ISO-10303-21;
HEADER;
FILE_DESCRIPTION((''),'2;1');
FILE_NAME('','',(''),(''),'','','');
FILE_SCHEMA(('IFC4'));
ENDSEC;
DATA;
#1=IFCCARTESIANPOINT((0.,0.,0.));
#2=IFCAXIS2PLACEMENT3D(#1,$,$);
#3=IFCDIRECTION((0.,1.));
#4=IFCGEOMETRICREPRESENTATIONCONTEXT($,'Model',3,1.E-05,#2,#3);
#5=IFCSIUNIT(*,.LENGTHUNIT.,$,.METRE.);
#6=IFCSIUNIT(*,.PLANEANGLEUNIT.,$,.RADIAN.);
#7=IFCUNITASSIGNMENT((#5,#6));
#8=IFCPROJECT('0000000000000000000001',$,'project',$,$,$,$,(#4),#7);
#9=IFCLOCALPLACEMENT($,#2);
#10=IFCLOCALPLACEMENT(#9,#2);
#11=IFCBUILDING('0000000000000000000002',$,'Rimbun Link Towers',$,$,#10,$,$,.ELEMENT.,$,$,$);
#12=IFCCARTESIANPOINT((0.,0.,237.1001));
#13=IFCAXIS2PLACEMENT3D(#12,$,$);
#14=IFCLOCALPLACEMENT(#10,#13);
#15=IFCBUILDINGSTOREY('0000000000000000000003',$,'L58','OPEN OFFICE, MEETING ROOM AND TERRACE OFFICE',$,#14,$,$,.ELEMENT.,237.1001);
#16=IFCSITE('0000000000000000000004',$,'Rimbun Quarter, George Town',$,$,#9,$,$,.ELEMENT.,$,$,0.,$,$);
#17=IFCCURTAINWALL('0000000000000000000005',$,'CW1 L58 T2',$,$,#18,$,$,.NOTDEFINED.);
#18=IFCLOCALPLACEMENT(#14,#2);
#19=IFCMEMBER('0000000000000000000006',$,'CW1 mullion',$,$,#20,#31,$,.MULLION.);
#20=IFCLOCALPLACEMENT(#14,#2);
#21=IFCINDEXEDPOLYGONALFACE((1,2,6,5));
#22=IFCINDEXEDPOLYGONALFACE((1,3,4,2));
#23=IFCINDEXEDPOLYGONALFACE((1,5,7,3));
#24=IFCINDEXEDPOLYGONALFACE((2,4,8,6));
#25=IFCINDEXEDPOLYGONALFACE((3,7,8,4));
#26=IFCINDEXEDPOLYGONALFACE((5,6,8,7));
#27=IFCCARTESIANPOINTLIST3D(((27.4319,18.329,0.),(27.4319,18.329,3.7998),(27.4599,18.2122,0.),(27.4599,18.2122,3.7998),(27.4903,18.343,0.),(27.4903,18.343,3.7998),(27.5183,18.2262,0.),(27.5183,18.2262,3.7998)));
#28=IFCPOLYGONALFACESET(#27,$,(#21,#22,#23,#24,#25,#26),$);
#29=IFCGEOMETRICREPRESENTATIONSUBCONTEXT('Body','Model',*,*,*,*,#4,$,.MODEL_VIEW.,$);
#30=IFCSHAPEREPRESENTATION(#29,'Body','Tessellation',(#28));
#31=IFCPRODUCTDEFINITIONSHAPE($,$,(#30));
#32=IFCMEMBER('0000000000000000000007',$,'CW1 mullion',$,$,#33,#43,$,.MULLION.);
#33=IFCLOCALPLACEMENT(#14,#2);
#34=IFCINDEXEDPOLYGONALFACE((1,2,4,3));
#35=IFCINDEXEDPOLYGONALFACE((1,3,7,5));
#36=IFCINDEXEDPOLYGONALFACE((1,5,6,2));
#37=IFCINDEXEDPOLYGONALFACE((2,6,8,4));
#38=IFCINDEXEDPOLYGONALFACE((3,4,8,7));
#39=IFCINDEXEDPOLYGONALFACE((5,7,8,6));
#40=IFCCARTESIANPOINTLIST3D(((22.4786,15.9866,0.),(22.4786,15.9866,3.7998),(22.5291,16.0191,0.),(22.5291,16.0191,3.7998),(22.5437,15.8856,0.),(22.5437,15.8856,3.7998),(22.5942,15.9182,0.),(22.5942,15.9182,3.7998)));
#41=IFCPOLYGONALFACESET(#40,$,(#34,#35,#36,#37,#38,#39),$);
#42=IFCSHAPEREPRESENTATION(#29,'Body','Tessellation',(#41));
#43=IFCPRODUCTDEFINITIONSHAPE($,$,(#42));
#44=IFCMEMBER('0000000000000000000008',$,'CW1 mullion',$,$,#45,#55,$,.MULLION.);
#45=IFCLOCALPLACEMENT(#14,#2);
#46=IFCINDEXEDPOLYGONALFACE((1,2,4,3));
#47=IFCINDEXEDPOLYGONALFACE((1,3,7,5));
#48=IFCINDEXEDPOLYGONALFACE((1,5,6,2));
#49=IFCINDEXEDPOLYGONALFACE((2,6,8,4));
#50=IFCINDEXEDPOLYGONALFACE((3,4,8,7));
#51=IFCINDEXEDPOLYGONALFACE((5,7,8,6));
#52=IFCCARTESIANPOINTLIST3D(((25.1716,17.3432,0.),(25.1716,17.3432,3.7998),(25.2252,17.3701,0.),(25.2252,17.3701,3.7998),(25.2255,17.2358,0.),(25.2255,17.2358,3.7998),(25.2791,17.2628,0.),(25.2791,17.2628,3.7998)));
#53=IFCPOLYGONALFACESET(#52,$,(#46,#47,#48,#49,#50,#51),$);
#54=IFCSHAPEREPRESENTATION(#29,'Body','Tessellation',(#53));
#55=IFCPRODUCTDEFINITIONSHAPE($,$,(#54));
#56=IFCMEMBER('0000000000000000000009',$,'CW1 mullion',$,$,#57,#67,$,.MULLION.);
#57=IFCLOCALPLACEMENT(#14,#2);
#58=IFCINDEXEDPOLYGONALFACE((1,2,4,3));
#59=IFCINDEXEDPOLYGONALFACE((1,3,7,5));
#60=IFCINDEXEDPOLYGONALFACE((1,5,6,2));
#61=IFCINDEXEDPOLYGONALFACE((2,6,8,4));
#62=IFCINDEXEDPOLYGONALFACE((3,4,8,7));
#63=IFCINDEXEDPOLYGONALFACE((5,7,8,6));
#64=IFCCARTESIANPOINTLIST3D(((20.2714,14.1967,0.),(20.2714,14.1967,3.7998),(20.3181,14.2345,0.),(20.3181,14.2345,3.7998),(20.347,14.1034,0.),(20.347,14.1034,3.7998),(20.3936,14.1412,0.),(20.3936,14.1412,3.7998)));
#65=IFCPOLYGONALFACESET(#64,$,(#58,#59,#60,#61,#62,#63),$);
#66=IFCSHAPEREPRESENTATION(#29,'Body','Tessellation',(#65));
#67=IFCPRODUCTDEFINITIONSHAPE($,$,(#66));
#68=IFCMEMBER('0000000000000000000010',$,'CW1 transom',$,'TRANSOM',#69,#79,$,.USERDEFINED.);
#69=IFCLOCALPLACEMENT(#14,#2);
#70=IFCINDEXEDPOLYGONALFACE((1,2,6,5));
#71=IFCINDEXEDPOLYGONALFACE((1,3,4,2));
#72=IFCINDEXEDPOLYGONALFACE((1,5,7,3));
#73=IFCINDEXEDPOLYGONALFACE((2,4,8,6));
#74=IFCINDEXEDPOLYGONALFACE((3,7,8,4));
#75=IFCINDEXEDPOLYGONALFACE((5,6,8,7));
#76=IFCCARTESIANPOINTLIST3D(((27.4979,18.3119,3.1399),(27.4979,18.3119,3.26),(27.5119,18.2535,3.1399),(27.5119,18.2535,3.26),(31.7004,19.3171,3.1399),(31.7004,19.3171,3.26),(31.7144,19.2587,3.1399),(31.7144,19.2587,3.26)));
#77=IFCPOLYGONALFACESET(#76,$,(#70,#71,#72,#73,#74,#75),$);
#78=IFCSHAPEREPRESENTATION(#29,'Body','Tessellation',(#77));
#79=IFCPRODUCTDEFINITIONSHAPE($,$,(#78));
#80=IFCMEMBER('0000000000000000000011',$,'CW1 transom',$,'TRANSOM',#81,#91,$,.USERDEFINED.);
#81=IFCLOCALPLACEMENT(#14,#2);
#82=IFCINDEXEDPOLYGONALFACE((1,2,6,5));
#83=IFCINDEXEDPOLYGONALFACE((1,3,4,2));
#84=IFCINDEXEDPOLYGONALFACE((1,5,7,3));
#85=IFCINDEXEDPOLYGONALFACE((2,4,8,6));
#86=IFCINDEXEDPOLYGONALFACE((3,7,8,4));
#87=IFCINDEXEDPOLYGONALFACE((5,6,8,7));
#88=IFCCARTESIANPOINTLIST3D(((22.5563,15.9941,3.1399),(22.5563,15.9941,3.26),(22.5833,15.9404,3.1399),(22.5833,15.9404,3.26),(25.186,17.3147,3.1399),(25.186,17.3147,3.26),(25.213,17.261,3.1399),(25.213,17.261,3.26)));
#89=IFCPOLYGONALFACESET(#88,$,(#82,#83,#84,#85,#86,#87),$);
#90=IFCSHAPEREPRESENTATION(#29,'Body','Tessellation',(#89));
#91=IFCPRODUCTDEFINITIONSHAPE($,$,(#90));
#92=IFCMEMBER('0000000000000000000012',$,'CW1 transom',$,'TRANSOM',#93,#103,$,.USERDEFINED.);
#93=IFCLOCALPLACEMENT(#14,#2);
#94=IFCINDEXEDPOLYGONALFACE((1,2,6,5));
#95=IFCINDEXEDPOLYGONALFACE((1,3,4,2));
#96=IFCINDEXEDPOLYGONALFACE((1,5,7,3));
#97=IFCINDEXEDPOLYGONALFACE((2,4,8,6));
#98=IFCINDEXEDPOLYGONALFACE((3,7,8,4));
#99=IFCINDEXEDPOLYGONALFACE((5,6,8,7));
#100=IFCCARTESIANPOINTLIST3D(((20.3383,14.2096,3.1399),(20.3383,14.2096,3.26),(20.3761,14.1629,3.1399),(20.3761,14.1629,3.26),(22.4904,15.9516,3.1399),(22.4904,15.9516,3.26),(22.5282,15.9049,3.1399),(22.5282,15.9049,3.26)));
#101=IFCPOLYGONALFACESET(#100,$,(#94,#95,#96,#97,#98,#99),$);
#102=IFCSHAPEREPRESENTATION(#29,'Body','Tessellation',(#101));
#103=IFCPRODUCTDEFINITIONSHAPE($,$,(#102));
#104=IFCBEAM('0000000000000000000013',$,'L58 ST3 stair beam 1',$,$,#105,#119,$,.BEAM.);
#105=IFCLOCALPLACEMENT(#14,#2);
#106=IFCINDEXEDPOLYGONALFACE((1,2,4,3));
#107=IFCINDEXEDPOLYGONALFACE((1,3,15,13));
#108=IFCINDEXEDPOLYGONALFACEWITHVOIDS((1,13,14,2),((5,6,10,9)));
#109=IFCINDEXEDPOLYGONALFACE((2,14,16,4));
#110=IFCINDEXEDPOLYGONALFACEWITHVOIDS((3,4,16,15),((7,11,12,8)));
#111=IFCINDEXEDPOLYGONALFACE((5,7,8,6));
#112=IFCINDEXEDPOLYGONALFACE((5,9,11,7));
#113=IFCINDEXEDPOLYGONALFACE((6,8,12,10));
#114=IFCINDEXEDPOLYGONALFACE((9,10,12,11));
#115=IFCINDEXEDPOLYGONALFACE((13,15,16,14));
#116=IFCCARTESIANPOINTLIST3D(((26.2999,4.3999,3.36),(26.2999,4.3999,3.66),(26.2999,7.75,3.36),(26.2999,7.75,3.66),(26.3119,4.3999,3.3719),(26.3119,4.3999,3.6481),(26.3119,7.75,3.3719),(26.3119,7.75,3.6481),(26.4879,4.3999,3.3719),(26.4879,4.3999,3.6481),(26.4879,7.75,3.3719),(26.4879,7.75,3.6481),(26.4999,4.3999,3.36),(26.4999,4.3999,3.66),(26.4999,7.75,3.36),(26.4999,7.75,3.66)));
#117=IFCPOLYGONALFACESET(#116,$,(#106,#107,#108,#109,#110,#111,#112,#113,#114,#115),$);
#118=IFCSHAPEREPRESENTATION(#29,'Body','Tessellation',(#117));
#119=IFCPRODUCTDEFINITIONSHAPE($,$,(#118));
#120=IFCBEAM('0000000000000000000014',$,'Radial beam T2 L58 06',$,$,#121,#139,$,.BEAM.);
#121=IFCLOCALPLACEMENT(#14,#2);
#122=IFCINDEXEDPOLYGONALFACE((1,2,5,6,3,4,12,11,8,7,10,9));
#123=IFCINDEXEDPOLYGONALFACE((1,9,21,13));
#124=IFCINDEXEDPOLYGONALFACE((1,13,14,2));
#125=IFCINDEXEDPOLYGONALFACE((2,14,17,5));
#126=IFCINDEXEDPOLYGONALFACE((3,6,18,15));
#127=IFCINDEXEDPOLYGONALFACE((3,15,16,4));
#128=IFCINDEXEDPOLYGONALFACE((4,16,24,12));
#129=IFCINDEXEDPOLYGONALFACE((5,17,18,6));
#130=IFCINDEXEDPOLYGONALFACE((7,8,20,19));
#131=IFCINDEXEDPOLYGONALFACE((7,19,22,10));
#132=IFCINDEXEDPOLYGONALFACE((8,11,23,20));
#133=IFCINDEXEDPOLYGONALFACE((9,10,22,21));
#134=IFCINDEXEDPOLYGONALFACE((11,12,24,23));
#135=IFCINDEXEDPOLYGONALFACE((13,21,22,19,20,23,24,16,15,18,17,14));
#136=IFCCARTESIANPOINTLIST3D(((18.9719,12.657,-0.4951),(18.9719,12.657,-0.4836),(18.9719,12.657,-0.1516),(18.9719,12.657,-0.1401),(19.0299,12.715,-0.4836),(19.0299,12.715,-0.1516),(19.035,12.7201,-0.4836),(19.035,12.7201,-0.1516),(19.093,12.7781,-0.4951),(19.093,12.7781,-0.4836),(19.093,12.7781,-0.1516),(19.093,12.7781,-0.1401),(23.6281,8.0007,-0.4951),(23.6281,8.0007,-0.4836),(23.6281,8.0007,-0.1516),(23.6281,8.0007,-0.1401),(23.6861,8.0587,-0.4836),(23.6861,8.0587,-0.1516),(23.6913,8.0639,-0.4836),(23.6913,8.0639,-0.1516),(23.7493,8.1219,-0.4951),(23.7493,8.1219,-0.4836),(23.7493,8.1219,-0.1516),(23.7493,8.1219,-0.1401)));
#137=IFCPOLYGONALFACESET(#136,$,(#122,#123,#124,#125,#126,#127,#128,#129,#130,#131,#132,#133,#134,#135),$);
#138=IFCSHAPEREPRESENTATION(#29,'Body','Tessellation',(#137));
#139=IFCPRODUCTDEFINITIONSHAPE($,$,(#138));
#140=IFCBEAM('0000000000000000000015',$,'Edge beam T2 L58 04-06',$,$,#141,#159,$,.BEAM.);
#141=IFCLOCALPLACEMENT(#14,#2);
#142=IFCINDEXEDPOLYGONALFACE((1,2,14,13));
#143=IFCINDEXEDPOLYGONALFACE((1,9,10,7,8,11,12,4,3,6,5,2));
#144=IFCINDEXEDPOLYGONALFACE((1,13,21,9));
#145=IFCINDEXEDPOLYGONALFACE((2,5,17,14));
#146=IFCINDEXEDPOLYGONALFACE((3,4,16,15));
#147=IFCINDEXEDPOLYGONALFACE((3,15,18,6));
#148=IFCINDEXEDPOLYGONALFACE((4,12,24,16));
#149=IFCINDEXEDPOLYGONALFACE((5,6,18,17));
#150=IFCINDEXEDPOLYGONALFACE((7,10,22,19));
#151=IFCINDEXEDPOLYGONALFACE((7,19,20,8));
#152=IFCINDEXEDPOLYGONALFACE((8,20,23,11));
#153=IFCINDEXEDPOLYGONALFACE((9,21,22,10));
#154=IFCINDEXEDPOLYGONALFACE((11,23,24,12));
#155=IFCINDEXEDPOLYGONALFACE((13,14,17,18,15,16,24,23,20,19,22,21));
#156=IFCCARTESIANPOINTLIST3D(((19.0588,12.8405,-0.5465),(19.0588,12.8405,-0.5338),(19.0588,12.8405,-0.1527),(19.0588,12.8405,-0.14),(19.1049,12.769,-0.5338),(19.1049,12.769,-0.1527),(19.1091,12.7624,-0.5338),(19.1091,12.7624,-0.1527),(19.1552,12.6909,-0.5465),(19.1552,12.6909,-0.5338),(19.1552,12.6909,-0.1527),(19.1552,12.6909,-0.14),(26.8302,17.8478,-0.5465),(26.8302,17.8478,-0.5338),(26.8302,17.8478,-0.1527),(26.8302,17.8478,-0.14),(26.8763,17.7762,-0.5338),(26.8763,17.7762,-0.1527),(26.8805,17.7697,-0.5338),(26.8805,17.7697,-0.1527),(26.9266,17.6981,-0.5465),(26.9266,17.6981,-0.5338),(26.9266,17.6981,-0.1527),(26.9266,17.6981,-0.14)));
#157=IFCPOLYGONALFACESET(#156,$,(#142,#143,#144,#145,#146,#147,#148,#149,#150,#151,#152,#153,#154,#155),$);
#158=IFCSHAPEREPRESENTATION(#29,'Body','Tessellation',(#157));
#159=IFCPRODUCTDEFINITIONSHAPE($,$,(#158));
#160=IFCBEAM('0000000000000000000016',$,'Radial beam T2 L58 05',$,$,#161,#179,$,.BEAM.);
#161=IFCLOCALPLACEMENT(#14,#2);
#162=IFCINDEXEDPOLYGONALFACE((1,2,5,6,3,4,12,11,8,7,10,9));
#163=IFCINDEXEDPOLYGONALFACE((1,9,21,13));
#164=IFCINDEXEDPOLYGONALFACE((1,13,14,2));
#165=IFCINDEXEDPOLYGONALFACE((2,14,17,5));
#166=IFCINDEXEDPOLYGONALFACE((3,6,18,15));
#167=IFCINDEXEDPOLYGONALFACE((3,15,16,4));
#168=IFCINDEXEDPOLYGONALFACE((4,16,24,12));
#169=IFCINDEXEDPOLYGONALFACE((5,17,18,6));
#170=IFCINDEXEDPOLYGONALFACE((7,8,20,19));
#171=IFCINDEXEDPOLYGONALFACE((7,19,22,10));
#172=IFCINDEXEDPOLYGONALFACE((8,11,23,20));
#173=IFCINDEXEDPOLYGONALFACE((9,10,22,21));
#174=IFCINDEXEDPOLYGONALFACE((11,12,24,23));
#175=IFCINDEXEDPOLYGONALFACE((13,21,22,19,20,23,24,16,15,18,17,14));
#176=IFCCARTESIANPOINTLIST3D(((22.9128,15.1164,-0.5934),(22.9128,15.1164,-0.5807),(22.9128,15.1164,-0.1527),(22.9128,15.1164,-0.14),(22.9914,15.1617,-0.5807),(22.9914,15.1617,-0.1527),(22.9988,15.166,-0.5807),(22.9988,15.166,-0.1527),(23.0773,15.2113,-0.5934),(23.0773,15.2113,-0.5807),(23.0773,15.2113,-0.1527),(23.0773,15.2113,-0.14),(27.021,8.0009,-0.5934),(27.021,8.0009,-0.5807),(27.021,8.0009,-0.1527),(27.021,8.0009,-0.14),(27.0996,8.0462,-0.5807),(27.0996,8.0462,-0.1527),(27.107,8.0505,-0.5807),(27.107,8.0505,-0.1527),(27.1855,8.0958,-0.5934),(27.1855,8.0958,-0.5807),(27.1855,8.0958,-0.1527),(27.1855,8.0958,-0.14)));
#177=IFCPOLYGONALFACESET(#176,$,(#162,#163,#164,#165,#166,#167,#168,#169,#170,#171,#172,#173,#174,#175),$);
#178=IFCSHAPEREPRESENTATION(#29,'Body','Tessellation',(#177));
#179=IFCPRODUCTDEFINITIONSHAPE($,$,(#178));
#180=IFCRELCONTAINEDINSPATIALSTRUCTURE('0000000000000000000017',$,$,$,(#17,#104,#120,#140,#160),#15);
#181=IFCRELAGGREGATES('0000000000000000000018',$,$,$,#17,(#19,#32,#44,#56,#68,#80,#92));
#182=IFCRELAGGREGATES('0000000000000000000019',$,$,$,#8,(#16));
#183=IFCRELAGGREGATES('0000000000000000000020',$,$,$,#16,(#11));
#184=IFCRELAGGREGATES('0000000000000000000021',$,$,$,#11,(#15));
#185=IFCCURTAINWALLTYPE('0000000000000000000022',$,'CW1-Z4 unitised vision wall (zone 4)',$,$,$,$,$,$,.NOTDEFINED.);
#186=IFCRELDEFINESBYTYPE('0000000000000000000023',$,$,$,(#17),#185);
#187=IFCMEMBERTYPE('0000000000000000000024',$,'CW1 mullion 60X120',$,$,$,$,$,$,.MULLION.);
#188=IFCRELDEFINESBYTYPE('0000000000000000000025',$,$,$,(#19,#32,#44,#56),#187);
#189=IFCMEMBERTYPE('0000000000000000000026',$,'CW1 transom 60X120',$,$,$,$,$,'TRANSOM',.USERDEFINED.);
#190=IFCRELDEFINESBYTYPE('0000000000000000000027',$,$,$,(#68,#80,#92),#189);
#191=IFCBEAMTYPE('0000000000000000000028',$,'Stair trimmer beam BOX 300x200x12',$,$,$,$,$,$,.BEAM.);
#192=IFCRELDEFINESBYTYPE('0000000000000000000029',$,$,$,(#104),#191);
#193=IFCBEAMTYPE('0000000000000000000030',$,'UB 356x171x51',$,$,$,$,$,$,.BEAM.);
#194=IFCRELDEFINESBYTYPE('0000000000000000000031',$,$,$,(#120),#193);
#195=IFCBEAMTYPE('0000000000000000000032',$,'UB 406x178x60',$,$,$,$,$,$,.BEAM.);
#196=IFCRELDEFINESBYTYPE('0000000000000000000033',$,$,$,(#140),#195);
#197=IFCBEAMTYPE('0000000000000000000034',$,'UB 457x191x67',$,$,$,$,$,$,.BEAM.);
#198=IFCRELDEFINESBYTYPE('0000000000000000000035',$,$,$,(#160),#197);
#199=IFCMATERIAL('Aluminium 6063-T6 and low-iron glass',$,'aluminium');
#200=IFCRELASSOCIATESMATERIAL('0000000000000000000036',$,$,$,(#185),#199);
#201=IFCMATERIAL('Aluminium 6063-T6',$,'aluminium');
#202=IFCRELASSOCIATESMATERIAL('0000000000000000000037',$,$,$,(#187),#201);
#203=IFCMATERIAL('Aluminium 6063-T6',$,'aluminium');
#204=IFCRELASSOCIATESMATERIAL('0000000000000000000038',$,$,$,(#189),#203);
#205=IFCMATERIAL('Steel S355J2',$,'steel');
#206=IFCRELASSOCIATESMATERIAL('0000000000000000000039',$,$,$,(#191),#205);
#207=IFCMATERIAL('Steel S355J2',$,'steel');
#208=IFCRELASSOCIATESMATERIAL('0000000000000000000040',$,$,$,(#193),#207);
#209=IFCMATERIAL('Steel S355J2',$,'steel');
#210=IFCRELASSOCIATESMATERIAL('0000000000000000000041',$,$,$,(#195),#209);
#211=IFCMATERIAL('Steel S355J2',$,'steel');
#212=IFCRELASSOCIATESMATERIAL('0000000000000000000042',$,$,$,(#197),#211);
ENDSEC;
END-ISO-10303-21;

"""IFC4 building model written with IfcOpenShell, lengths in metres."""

from ifc_helpers import new_model, si_unit, direction, frame, origin, origin_2d, place, context, subcontext, project, spatial, rectangle, hollow_rectangle, i_section, extrude, material, material_profile, profile_set, type_object, element, aggregate, save


model = new_model("IFC4")

# Units and contexts
model_context = context("Model", 3, precision=1e-05, world=origin(), true_north=direction((0.0, 1.0)))
body_context = subcontext(model_context, "Body", "Model", "MODEL_VIEW")
ifc_project = project(units=[si_unit("LENGTHUNIT", "METRE"), si_unit("PLANEANGLEUNIT", "RADIAN")], contexts=[model_context])

# Site, building, storey
site_placement = place(None, origin())
site = spatial("IfcSite", under=ifc_project, at=site_placement, Name="Rimbun Quarter, George Town", CompositionType="ELEMENT", RefElevation=0.0)
building_placement = place(site_placement, origin())
building = spatial("IfcBuilding", under=site, at=building_placement, Name="Rimbun Link Towers", CompositionType="ELEMENT")
storey_placement = place(building_placement, frame((0.0, 0.0, 237.1001)))
storey = spatial("IfcBuildingStorey", under=building, at=storey_placement, Name="L58", Description="OPEN OFFICE, MEETING ROOM AND TERRACE OFFICE", CompositionType="ELEMENT", Elevation=237.1001)

# Curtain wall, members
ifc_material_1 = material(Name="Aluminium 6063-T6 and low-iron glass", Category="aluminium")
curtain_wall_type = type_object("IfcCurtainWallType", Name="CW1-Z4 unitised vision wall (zone 4)", PredefinedType="NOTDEFINED", material=ifc_material_1)
curtain_wall_placement = place(storey_placement, origin())
curtain_wall = element("IfcCurtainWall", 1, at=curtain_wall_placement, inside=storey, type_object=curtain_wall_type, Name="CW1 L58 T2", PredefinedType="NOTDEFINED")
ifc_material_2 = material(Name="Aluminium 6063-T6", Category="aluminium")
ifc_material_profile_1 = material_profile(ifc_material_2, rectangle(XDim=0.1201, YDim=0.0601, at=origin_2d()), Name="MULLION 60X120")
ifc_profile_set_1 = profile_set([ifc_material_profile_1], Name="Aluminium 6063-T6")
member_type_1 = type_object("IfcMemberType", Name="CW1 mullion 60X120", PredefinedType="MULLION", material=ifc_profile_set_1)
member_1_placement = place(storey_placement, frame((27.4751, 18.2776, 0.0), z_axis=(0.0, 0.0, 1.0), x_axis=(-0.232603, 0.972572, 0.0)))
member_1 = element("IfcMember", 2, at=member_1_placement, type_object=member_type_1, Name="CW1 mullion", PredefinedType="MULLION", context=body_context, shape_type="SweptSolid", body=[
    extrude(rectangle(XDim=0.1201, YDim=0.0601, at=origin_2d()), origin(), (0.0, 0.0, 1.0), 3.7998),
])
member_2_placement = place(storey_placement, frame((22.5364, 15.9524, 0.0), z_axis=(0.0, 0.0, 1.0), x_axis=(-0.542095, 0.840317, 0.0)))
member_2 = element("IfcMember", 3, at=member_2_placement, type_object=member_type_1, Name="CW1 mullion", PredefinedType="MULLION", context=body_context, shape_type="SweptSolid", body=[
    extrude(rectangle(XDim=0.1201, YDim=0.0601, at=origin_2d()), origin(), (0.0, 0.0, 1.0), 3.7998),
])
member_3_placement = place(storey_placement, frame((25.2253, 17.303, 0.0), z_axis=(0.0, 0.0, 1.0), x_axis=(-0.448779, 0.893643, 0.0)))
member_3 = element("IfcMember", 4, at=member_3_placement, type_object=member_type_1, Name="CW1 mullion", PredefinedType="MULLION", context=body_context, shape_type="SweptSolid", body=[
    extrude(rectangle(XDim=0.1201, YDim=0.0601, at=origin_2d()), origin(), (0.0, 0.0, 1.0), 3.7998),
])
member_4_placement = place(storey_placement, frame((20.3325, 14.1689, 0.0), z_axis=(0.0, 0.0, 1.0), x_axis=(-0.629148, 0.777285, 0.0)))
member_4 = element("IfcMember", 5, at=member_4_placement, type_object=member_type_1, Name="CW1 mullion", PredefinedType="MULLION", context=body_context, shape_type="SweptSolid", body=[
    extrude(rectangle(XDim=0.1201, YDim=0.0601, at=origin_2d()), origin(), (0.0, 0.0, 1.0), 3.7998),
])
ifc_material_3 = material(Name="Aluminium 6063-T6", Category="aluminium")
ifc_material_profile_2 = material_profile(ifc_material_3, rectangle(XDim=0.0601, YDim=0.1201, at=origin_2d()), Name="TRANSOM 60X120")
ifc_profile_set_2 = profile_set([ifc_material_profile_2], Name="Aluminium 6063-T6")
member_type_2 = type_object("IfcMemberType", Name="CW1 transom 60X120", ElementType="TRANSOM", PredefinedType="USERDEFINED", material=ifc_profile_set_2)
member_5_placement = place(storey_placement, frame((27.5049, 18.2827, 3.2), z_axis=(0.972568, 0.232619, 0.0), x_axis=(-0.232619, 0.972568, 0.0)))
member_5 = element("IfcMember", 6, at=member_5_placement, type_object=member_type_2, Name="CW1 transom", ObjectType="TRANSOM", PredefinedType="USERDEFINED", context=body_context, shape_type="SweptSolid", body=[
    extrude(rectangle(XDim=0.0601, YDim=0.1201, at=origin_2d()), origin(), (0.0, 0.0, 1.0), 4.321),
])
member_6_placement = place(storey_placement, frame((22.5698, 15.9673, 3.2), z_axis=(0.893646, 0.448773, 0.0), x_axis=(-0.448773, 0.893646, 0.0)))
member_6 = element("IfcMember", 7, at=member_6_placement, type_object=member_type_2, Name="CW1 transom", ObjectType="TRANSOM", PredefinedType="USERDEFINED", context=body_context, shape_type="SweptSolid", body=[
    extrude(rectangle(XDim=0.0601, YDim=0.1201, at=origin_2d()), origin(), (0.0, 0.0, 1.0), 2.9426),
])
member_7_placement = place(storey_placement, frame((20.3572, 14.1863, 3.2), z_axis=(0.777286, 0.629147, 0.0), x_axis=(-0.629147, 0.777286, 0.0)))
member_7 = element("IfcMember", 8, at=member_7_placement, type_object=member_type_2, Name="CW1 transom", ObjectType="TRANSOM", PredefinedType="USERDEFINED", context=body_context, shape_type="SweptSolid", body=[
    extrude(rectangle(XDim=0.0601, YDim=0.1201, at=origin_2d()), origin(), (0.0, 0.0, 1.0), 2.7688),
])

# Beams
ifc_material_4 = material(Name="Steel S355J2", Category="steel")
ifc_material_profile_3 = material_profile(ifc_material_4, hollow_rectangle(XDim=0.2, YDim=0.3, WallThickness=0.012, at=origin_2d()), Name="BOX 300x200x12")
ifc_profile_set_3 = profile_set([ifc_material_profile_3], Name="Steel S355J2")
beam_type_1 = type_object("IfcBeamType", Name="Stair trimmer beam BOX 300x200x12", PredefinedType="BEAM", material=ifc_profile_set_3)
beam_1_placement = place(storey_placement, frame((26.3999, 7.75, 3.51), z_axis=(0.0, -1.0, 0.0), x_axis=(1.0, 0.0, 0.0)))
element("IfcBeam", 9, at=beam_1_placement, inside=storey, type_object=beam_type_1, Name="L58 ST3 stair beam 1", PredefinedType="BEAM", context=body_context, shape_type="SweptSolid", body=[
    extrude(hollow_rectangle(XDim=0.2, YDim=0.3, WallThickness=0.012, at=origin_2d()), origin(), (0.0, 0.0, 1.0), 3.3501),
])
ifc_material_5 = material(Name="Steel S355J2", Category="steel")
ifc_material_profile_4 = material_profile(ifc_material_5, i_section(OverallWidth=0.1714, OverallDepth=0.355, WebThickness=0.0073, FlangeThickness=0.0115, at=origin_2d()), Name="UB 356x171x51")
ifc_profile_set_4 = profile_set([ifc_material_profile_4], Name="Steel S355J2")
beam_type_2 = type_object("IfcBeamType", Name="UB 356x171x51", PredefinedType="BEAM", material=ifc_profile_set_4)
beam_2_placement = place(storey_placement, frame((23.6887, 8.0613, -0.3176), z_axis=(-0.707107, 0.707107, 0.0), x_axis=(-0.707107, -0.707107, 0.0)))
element("IfcBeam", 10, at=beam_2_placement, inside=storey, type_object=beam_type_2, Name="Radial beam T2 L58 06", PredefinedType="BEAM", context=body_context, shape_type="SweptSolid", body=[
    extrude(i_section(OverallWidth=0.1714, OverallDepth=0.355, WebThickness=0.0073, FlangeThickness=0.0115, at=origin_2d()), origin(), (0.0, 0.0, 1.0), 6.585),
])
ifc_material_6 = material(Name="Steel S355J2", Category="steel")
ifc_material_profile_5 = material_profile(ifc_material_6, i_section(OverallWidth=0.178, OverallDepth=0.4065, WebThickness=0.0078, FlangeThickness=0.0127, at=origin_2d()), Name="UB 406x178x60")
ifc_profile_set_5 = profile_set([ifc_material_profile_5], Name="Steel S355J2")
beam_type_3 = type_object("IfcBeamType", Name="UB 406x178x60", PredefinedType="BEAM", material=ifc_profile_set_5)
beam_3_placement = place(storey_placement, frame((26.8784, 17.7729, -0.3433), z_axis=(-0.840619, -0.541628, 0.0), x_axis=(0.541628, -0.840619, 0.0)))
element("IfcBeam", 11, at=beam_3_placement, inside=storey, type_object=beam_type_3, Name="Edge beam T2 L58 04-06", PredefinedType="BEAM", context=body_context, shape_type="SweptSolid", body=[
    extrude(i_section(OverallWidth=0.178, OverallDepth=0.4065, WebThickness=0.0078, FlangeThickness=0.0127, at=origin_2d()), origin(), (0.0, 0.0, 1.0), 9.2449),
])
ifc_material_7 = material(Name="Steel S355J2", Category="steel")
ifc_material_profile_6 = material_profile(ifc_material_7, i_section(OverallWidth=0.1899, OverallDepth=0.4534, WebThickness=0.0085, FlangeThickness=0.0127, at=origin_2d()), Name="UB 457x191x67")
ifc_profile_set_6 = profile_set([ifc_material_profile_6], Name="Steel S355J2")
beam_type_4 = type_object("IfcBeamType", Name="UB 457x191x67", PredefinedType="BEAM", material=ifc_profile_set_6)
beam_4_placement = place(storey_placement, frame((27.1033, 8.0483, -0.3667), z_axis=(-0.500003, 0.866024, 0.0), x_axis=(-0.866024, -0.500003, 0.0)))
element("IfcBeam", 12, at=beam_4_placement, inside=storey, type_object=beam_type_4, Name="Radial beam T2 L58 05", PredefinedType="BEAM", context=body_context, shape_type="SweptSolid", body=[
    extrude(i_section(OverallWidth=0.1899, OverallDepth=0.4534, WebThickness=0.0085, FlangeThickness=0.0127, at=origin_2d()), origin(), (0.0, 0.0, 1.0), 8.2163),
])

aggregate(curtain_wall, [member_1, member_2, member_3, member_4, member_5, member_6, member_7])

save(model, "model.ifc")
